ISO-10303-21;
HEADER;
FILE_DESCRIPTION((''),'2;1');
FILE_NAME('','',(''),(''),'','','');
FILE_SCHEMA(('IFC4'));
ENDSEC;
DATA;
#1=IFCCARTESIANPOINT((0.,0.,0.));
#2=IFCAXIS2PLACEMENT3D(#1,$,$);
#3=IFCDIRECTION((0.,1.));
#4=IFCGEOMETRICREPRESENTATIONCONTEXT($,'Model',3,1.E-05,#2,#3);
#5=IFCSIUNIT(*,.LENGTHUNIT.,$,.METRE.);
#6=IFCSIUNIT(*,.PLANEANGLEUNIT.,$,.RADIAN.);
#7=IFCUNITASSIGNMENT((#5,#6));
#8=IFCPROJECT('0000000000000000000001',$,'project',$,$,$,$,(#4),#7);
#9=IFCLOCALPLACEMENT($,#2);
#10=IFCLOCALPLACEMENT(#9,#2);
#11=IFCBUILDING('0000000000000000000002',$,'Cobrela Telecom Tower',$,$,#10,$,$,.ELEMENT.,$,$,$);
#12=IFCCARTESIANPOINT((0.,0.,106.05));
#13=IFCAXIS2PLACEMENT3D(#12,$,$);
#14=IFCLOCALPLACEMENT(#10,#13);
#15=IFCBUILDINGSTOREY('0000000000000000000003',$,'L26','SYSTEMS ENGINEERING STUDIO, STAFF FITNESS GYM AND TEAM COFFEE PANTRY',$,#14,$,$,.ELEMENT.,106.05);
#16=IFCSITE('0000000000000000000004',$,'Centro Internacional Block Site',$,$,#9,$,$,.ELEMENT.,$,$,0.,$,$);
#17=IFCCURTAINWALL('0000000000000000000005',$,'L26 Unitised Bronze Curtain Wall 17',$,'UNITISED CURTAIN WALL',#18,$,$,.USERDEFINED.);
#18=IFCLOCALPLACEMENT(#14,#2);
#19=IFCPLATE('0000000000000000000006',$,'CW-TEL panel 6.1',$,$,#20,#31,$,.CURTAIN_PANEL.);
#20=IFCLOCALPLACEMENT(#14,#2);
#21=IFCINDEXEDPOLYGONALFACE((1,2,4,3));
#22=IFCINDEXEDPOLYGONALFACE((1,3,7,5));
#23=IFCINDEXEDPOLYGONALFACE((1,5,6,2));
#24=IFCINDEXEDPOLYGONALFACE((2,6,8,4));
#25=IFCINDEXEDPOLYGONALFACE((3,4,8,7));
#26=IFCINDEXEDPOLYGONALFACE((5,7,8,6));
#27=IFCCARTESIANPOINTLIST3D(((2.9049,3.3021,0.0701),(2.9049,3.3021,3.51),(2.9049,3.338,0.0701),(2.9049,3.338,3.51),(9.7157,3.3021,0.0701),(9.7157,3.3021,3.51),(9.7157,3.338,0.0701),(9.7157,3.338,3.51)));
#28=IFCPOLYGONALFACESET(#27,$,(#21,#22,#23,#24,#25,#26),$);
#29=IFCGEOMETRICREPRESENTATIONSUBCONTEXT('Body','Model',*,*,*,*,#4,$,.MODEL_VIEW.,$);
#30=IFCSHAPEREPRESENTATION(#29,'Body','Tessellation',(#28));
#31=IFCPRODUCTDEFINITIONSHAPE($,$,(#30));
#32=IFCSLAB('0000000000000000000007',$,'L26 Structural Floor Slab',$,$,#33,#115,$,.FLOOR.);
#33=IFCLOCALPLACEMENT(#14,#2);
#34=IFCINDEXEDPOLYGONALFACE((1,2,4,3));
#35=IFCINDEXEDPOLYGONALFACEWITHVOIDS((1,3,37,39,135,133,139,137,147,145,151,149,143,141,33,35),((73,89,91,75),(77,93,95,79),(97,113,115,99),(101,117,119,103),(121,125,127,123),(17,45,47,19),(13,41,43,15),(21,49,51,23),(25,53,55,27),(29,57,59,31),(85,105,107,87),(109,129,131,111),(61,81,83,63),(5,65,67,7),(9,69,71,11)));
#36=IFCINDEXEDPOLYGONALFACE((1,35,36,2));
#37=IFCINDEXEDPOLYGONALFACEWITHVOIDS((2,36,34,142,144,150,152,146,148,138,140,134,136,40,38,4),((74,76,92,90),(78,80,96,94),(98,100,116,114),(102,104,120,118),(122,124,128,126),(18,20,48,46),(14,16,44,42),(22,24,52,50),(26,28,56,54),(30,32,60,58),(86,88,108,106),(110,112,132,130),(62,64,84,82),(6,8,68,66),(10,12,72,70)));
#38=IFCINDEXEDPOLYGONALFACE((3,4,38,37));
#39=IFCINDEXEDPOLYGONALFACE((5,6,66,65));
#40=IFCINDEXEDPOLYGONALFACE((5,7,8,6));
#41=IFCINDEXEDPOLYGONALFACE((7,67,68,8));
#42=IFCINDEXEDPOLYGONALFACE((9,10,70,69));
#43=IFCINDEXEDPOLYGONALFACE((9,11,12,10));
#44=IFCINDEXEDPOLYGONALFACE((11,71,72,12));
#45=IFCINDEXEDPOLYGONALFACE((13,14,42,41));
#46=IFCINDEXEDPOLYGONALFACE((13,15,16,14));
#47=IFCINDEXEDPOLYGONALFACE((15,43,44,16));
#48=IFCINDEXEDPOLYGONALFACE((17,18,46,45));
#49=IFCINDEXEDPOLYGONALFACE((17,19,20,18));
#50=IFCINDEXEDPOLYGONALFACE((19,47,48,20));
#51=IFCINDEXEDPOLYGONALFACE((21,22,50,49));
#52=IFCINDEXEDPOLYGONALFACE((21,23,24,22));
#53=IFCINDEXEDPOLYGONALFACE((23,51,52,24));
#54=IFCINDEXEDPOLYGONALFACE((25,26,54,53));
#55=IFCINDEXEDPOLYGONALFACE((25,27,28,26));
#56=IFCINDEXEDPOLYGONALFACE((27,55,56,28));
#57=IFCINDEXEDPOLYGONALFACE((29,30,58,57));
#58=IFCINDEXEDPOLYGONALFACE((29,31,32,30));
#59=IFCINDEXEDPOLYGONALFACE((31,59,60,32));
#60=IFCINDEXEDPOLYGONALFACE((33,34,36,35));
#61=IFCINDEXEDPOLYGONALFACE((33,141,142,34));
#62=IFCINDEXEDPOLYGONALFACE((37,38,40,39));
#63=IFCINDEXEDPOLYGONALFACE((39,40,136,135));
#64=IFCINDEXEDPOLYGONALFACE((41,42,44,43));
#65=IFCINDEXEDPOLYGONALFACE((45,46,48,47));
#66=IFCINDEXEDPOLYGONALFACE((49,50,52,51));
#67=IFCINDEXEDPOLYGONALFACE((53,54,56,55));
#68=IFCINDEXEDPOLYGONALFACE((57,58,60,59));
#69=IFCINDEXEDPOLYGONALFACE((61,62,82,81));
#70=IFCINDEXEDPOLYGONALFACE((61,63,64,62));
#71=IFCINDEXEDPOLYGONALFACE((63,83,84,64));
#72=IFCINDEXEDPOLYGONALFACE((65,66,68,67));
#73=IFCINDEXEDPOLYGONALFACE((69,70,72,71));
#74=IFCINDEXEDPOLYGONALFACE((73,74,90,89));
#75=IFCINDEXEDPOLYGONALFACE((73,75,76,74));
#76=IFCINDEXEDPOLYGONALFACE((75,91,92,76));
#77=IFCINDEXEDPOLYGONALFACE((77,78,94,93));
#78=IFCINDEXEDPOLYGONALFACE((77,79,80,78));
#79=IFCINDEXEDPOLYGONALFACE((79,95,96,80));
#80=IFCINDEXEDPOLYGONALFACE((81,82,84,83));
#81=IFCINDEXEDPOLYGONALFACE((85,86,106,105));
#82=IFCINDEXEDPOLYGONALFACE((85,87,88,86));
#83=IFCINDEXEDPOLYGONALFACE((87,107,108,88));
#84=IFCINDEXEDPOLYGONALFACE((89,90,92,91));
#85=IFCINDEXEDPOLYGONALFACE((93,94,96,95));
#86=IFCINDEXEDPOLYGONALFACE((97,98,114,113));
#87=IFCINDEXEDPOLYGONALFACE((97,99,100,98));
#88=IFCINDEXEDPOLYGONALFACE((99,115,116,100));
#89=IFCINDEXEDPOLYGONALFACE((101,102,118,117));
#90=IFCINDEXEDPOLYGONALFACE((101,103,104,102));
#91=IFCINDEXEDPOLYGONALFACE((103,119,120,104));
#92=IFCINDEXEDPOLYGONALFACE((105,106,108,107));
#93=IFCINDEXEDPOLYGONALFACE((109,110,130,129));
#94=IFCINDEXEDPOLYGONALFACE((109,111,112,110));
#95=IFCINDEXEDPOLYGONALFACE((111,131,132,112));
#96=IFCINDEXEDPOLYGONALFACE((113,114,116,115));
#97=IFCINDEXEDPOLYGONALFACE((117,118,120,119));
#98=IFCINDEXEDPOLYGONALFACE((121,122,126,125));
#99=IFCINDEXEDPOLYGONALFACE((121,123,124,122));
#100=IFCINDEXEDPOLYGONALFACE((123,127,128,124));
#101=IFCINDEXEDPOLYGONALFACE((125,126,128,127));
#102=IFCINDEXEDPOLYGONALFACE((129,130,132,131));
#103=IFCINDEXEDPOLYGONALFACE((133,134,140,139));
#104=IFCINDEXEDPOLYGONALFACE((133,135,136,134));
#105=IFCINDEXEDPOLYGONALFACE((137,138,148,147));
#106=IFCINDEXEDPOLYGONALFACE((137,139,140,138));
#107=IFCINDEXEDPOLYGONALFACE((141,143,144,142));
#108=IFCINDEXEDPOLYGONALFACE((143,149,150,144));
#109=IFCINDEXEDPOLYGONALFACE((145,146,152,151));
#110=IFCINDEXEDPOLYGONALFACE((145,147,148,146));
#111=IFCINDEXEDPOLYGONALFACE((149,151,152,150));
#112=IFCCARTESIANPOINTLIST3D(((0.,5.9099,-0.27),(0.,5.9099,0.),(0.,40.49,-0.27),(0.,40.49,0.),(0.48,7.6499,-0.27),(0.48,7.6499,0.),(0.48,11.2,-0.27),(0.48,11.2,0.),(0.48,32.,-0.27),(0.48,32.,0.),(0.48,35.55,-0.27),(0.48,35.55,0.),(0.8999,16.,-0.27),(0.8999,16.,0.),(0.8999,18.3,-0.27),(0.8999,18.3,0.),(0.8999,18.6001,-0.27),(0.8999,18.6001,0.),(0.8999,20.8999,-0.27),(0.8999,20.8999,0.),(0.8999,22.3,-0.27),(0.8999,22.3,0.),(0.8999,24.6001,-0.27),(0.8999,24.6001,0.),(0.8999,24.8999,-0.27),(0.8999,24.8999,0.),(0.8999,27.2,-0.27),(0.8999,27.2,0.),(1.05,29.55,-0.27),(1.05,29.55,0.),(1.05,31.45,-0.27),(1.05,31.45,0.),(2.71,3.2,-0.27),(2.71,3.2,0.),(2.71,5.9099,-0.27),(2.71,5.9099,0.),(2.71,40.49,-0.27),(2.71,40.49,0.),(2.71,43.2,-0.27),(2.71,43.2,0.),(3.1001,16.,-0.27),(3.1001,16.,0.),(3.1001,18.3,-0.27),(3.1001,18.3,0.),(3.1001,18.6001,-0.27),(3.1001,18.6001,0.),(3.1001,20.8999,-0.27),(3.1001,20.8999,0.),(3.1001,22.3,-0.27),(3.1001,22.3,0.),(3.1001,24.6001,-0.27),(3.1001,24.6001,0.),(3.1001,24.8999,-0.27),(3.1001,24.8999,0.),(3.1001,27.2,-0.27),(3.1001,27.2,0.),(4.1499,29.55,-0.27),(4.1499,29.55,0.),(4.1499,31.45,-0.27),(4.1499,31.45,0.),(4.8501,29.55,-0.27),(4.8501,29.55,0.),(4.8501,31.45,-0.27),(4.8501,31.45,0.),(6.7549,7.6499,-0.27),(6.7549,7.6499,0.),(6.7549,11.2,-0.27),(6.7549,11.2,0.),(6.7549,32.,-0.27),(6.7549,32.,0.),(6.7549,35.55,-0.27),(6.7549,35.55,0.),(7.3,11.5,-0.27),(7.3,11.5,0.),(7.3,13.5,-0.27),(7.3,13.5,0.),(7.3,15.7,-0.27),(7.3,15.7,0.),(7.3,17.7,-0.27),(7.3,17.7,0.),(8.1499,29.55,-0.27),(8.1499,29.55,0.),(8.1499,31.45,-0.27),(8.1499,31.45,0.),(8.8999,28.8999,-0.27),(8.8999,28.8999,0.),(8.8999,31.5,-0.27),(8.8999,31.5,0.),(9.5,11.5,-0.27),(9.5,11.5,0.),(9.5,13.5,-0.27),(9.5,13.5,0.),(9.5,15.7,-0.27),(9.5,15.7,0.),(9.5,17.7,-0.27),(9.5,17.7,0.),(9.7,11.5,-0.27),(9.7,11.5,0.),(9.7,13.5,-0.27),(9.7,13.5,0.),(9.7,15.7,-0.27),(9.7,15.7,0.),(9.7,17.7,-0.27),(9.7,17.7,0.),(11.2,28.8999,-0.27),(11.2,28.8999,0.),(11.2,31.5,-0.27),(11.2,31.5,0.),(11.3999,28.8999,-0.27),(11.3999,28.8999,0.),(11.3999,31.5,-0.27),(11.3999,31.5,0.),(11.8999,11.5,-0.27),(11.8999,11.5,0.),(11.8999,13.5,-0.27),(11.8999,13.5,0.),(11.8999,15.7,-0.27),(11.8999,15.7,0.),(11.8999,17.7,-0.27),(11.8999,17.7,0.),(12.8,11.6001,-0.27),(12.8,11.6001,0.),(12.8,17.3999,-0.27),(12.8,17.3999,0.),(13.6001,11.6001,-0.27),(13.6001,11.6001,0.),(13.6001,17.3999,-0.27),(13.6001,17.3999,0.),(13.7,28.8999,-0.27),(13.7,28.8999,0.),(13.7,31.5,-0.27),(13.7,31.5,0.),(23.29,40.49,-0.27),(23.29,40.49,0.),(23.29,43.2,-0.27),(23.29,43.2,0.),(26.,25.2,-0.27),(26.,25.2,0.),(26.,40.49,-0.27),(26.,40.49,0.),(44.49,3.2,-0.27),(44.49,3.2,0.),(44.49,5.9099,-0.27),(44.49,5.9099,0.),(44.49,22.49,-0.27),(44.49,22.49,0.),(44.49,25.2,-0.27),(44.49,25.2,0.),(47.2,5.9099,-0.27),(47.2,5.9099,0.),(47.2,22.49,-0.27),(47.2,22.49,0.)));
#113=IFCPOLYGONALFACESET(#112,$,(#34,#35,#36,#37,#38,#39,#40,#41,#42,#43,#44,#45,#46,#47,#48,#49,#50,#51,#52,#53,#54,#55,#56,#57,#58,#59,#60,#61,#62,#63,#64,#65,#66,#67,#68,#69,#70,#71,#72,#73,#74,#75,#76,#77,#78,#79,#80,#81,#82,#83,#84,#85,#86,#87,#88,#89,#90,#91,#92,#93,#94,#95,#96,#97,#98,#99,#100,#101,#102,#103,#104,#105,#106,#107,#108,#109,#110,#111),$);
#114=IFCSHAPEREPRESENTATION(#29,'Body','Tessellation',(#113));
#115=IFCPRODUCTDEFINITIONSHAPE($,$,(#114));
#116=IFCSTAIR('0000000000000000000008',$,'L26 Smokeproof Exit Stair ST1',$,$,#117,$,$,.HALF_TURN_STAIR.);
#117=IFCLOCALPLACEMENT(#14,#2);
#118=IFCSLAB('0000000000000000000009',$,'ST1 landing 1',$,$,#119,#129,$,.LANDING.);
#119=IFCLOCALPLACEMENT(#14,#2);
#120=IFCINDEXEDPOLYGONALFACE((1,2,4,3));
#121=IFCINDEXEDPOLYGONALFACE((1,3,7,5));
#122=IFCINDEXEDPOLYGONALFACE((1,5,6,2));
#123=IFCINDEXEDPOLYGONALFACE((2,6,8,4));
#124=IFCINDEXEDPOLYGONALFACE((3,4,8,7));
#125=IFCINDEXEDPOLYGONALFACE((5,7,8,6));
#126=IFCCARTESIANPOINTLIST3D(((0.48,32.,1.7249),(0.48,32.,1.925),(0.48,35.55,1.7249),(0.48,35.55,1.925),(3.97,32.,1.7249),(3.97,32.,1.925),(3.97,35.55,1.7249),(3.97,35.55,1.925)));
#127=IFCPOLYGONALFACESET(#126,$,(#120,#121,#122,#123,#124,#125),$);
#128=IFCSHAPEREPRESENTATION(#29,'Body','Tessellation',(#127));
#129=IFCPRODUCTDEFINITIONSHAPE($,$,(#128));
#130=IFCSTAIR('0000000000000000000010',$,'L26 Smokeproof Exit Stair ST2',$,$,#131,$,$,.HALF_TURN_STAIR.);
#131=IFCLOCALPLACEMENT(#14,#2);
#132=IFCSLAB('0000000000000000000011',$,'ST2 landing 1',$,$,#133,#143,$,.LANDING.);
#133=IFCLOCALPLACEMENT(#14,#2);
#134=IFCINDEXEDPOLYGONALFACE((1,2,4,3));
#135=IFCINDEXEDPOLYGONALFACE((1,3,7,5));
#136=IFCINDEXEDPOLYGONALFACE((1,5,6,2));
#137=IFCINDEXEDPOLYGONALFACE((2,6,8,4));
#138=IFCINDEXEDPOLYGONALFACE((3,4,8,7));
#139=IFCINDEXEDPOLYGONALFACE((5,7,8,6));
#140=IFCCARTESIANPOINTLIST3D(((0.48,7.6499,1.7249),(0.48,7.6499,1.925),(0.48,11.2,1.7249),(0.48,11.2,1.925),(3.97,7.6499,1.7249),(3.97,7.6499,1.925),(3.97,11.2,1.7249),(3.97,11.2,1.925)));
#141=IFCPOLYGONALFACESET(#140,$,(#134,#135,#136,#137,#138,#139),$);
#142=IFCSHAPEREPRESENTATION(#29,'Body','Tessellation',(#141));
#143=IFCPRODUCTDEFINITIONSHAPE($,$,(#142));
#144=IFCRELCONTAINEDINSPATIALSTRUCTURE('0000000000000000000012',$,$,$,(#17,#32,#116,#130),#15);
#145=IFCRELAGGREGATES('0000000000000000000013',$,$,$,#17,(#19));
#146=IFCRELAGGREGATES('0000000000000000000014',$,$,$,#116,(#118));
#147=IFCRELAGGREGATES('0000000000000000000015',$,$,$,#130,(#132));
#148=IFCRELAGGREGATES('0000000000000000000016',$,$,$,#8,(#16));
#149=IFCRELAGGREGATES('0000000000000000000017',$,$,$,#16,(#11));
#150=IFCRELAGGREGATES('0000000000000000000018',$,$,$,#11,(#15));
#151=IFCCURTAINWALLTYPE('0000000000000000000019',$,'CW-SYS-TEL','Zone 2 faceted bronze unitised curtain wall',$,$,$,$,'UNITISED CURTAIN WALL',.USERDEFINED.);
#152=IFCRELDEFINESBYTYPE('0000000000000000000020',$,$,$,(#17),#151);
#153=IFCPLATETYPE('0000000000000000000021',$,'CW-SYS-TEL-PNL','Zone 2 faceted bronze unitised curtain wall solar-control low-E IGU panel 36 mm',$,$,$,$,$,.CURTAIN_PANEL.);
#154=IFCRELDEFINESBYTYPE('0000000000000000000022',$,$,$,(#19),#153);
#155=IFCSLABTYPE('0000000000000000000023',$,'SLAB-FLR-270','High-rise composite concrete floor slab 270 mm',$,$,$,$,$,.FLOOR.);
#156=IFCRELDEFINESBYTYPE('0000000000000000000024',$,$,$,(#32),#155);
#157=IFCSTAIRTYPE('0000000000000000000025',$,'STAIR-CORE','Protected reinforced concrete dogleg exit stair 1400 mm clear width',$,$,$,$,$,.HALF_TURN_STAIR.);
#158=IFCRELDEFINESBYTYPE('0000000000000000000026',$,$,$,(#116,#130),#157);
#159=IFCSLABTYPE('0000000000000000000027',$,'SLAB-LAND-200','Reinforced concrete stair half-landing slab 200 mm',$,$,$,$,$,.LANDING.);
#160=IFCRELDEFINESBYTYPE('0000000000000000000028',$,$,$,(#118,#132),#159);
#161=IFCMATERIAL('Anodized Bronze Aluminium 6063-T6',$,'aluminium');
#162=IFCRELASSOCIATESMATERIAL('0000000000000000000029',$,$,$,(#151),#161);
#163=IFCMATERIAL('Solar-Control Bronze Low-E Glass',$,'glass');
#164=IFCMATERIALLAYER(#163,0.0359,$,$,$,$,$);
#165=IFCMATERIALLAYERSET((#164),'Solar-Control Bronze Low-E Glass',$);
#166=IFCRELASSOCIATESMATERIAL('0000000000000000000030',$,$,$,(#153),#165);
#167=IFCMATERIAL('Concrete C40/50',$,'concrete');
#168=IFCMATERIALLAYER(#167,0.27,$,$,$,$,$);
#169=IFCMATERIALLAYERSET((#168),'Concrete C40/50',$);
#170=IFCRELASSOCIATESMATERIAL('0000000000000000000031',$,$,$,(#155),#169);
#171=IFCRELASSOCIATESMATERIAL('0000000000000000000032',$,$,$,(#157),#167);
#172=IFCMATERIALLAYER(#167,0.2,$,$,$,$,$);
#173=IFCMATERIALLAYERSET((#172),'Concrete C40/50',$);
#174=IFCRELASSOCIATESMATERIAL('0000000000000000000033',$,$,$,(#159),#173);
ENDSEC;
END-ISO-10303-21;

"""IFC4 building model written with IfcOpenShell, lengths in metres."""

from ifc_helpers import new_model, si_unit, direction, frame, origin, origin_2d, place, context, subcontext, project, spatial, polyline, rectangle, outline, extrude, material, layer, layer_set, type_object, element, aggregate, save


model = new_model("IFC4")

# Units and contexts
model_context = context("Model", 3, precision=1e-05, world=origin(), true_north=direction((0.0, 1.0)))
body_context = subcontext(model_context, "Body", "Model", "MODEL_VIEW")
ifc_project = project(units=[si_unit("LENGTHUNIT", "METRE"), si_unit("PLANEANGLEUNIT", "RADIAN")], contexts=[model_context])

# Site, building, storey
site_placement = place(None, origin())
site = spatial("IfcSite", under=ifc_project, at=site_placement, Name="Centro Internacional Block Site", CompositionType="ELEMENT", RefElevation=0.0)
building_placement = place(site_placement, origin())
building = spatial("IfcBuilding", under=site, at=building_placement, Name="Cobrela Telecom Tower", CompositionType="ELEMENT")
storey_placement = place(building_placement, frame((0.0, 0.0, 106.05)))
storey = spatial("IfcBuildingStorey", under=building, at=storey_placement, Name="L26", Description="SYSTEMS ENGINEERING STUDIO, STAFF FITNESS GYM AND TEAM COFFEE PANTRY", CompositionType="ELEMENT", Elevation=106.05)

# Curtain wall, plate
ifc_material_1 = material(Name="Anodized Bronze Aluminium 6063-T6", Category="aluminium")
curtain_wall_type = type_object("IfcCurtainWallType", Name="CW-SYS-TEL", Description="Zone 2 faceted bronze unitised curtain wall", ElementType="UNITISED CURTAIN WALL", PredefinedType="USERDEFINED", material=ifc_material_1)
curtain_wall_placement = place(storey_placement, origin())
curtain_wall = element("IfcCurtainWall", 1, at=curtain_wall_placement, inside=storey, type_object=curtain_wall_type, Name="L26 Unitised Bronze Curtain Wall 17", ObjectType="UNITISED CURTAIN WALL", PredefinedType="USERDEFINED")
ifc_material_2 = material(Name="Solar-Control Bronze Low-E Glass", Category="glass")
ifc_layer_1 = layer(ifc_material_2, 0.0359)
ifc_layer_set_1 = layer_set([ifc_layer_1], Name="Solar-Control Bronze Low-E Glass")
plate_type = type_object("IfcPlateType", Name="CW-SYS-TEL-PNL", Description="Zone 2 faceted bronze unitised curtain wall solar-control low-E IGU panel 36 mm", PredefinedType="CURTAIN_PANEL", material=ifc_layer_set_1)
plate_placement = place(storey_placement, frame((6.3103, 3.3201, 0.0701), z_axis=(0.0, 0.0, 1.0), x_axis=(-1.0, 0.0, 0.0)))
plate = element("IfcPlate", 2, at=plate_placement, type_object=plate_type, Name="CW-TEL panel 6.1", PredefinedType="CURTAIN_PANEL", context=body_context, shape_type="SweptSolid", body=[
    extrude(rectangle(XDim=6.8108, YDim=0.0359, at=origin_2d()), origin(), (0.0, 0.0, 1.0), 3.4399),
])
aggregate(curtain_wall, [plate])

# Slab, openings
ifc_material_3 = material(Name="Concrete C40/50", Category="concrete")
ifc_layer_2 = layer(ifc_material_3, 0.27)
ifc_layer_set_2 = layer_set([ifc_layer_2], Name="Concrete C40/50")
slab_type_1 = type_object("IfcSlabType", Name="SLAB-FLR-270", Description="High-rise composite concrete floor slab 270 mm", PredefinedType="FLOOR", material=ifc_layer_set_2)
slab_1_placement = place(storey_placement, frame((0.0, 0.0, -0.27)))
slab_1 = element("IfcSlab", 3, at=slab_1_placement, inside=storey, type_object=slab_type_1, Name="L26 Structural Floor Slab", PredefinedType="FLOOR", context=body_context, shape_type="SweptSolid", body=[
    extrude(outline(polyline([(2.71, 3.2), (44.49, 3.2), (44.49, 5.9099), (47.2, 5.9099), (47.2, 22.49), (44.49, 22.49), (44.49, 25.2), (26.0, 25.2), (26.0, 40.49), (23.29, 40.49), (23.29, 43.2), (2.71, 43.2), (2.71, 40.49), (0.0, 40.49), (0.0, 5.9099), (2.71, 5.9099), (2.71, 3.2)])), origin(), (0.0, 0.0, 1.0), 0.27),
])
opening_1_placement = place(slab_1_placement, frame((0.0, 0.0, -0.02)))
element("IfcOpeningElement", 4, at=opening_1_placement, cuts=slab_1, PredefinedType="OPENING", context=body_context, shape_type="SweptSolid", body=[
    extrude(outline(polyline([(8.8999, 28.8999), (11.2, 28.8999), (11.2, 31.5), (8.8999, 31.5), (8.8999, 28.8999)])), origin(), (0.0, 0.0, 1.0), 0.3101),
])
opening_2_placement = place(slab_1_placement, frame((0.0, 0.0, -0.02)))
element("IfcOpeningElement", 5, at=opening_2_placement, cuts=slab_1, PredefinedType="OPENING", context=body_context, shape_type="SweptSolid", body=[
    extrude(outline(polyline([(11.3999, 28.8999), (13.7, 28.8999), (13.7, 31.5), (11.3999, 31.5), (11.3999, 28.8999)])), origin(), (0.0, 0.0, 1.0), 0.3101),
])
opening_3_placement = place(slab_1_placement, frame((0.0, 0.0, -0.02)))
element("IfcOpeningElement", 6, at=opening_3_placement, cuts=slab_1, PredefinedType="OPENING", context=body_context, shape_type="SweptSolid", body=[
    extrude(outline(polyline([(7.3, 15.7), (9.5, 15.7), (9.5, 17.7), (7.3, 17.7), (7.3, 15.7)])), origin(), (0.0, 0.0, 1.0), 0.3101),
])
opening_4_placement = place(slab_1_placement, frame((0.0, 0.0, -0.02)))
element("IfcOpeningElement", 7, at=opening_4_placement, cuts=slab_1, PredefinedType="OPENING", context=body_context, shape_type="SweptSolid", body=[
    extrude(outline(polyline([(9.7, 15.7), (11.8999, 15.7), (11.8999, 17.7), (9.7, 17.7), (9.7, 15.7)])), origin(), (0.0, 0.0, 1.0), 0.3101),
])
opening_5_placement = place(slab_1_placement, frame((0.0, 0.0, -0.02)))
element("IfcOpeningElement", 8, at=opening_5_placement, cuts=slab_1, PredefinedType="OPENING", context=body_context, shape_type="SweptSolid", body=[
    extrude(outline(polyline([(7.3, 11.5), (9.5, 11.5), (9.5, 13.5), (7.3, 13.5), (7.3, 11.5)])), origin(), (0.0, 0.0, 1.0), 0.3101),
])
opening_6_placement = place(slab_1_placement, frame((0.0, 0.0, -0.02)))
element("IfcOpeningElement", 9, at=opening_6_placement, cuts=slab_1, PredefinedType="OPENING", context=body_context, shape_type="SweptSolid", body=[
    extrude(outline(polyline([(9.7, 11.5), (11.8999, 11.5), (11.8999, 13.5), (9.7, 13.5), (9.7, 11.5)])), origin(), (0.0, 0.0, 1.0), 0.3101),
])
opening_7_placement = place(slab_1_placement, frame((0.0, 0.0, -0.02)))
element("IfcOpeningElement", 10, at=opening_7_placement, cuts=slab_1, PredefinedType="OPENING", context=body_context, shape_type="SweptSolid", body=[
    extrude(outline(polyline([(0.8999, 16.0), (3.1001, 16.0), (3.1001, 18.3), (0.8999, 18.3), (0.8999, 16.0)])), origin(), (0.0, 0.0, 1.0), 0.3101),
])
opening_8_placement = place(slab_1_placement, frame((0.0, 0.0, -0.02)))
element("IfcOpeningElement", 11, at=opening_8_placement, cuts=slab_1, PredefinedType="OPENING", context=body_context, shape_type="SweptSolid", body=[
    extrude(outline(polyline([(0.8999, 18.6001), (3.1001, 18.6001), (3.1001, 20.8999), (0.8999, 20.8999), (0.8999, 18.6001)])), origin(), (0.0, 0.0, 1.0), 0.3101),
])
opening_9_placement = place(slab_1_placement, frame((0.0, 0.0, -0.02)))
element("IfcOpeningElement", 12, at=opening_9_placement, cuts=slab_1, PredefinedType="OPENING", context=body_context, shape_type="SweptSolid", body=[
    extrude(outline(polyline([(0.8999, 22.3), (3.1001, 22.3), (3.1001, 24.6001), (0.8999, 24.6001), (0.8999, 22.3)])), origin(), (0.0, 0.0, 1.0), 0.3101),
])
opening_10_placement = place(slab_1_placement, frame((0.0, 0.0, -0.02)))
element("IfcOpeningElement", 13, at=opening_10_placement, cuts=slab_1, PredefinedType="OPENING", context=body_context, shape_type="SweptSolid", body=[
    extrude(outline(polyline([(0.8999, 24.8999), (3.1001, 24.8999), (3.1001, 27.2), (0.8999, 27.2), (0.8999, 24.8999)])), origin(), (0.0, 0.0, 1.0), 0.3101),
])
opening_11_placement = place(slab_1_placement, frame((0.0, 0.0, -0.02)))
element("IfcOpeningElement", 14, at=opening_11_placement, cuts=slab_1, PredefinedType="OPENING", context=body_context, shape_type="SweptSolid", body=[
    extrude(outline(polyline([(1.05, 29.55), (4.1499, 29.55), (4.1499, 31.45), (1.05, 31.45), (1.05, 29.55)])), origin(), (0.0, 0.0, 1.0), 0.3101),
])
opening_12_placement = place(slab_1_placement, frame((0.0, 0.0, -0.02)))
element("IfcOpeningElement", 15, at=opening_12_placement, cuts=slab_1, PredefinedType="OPENING", context=body_context, shape_type="SweptSolid", body=[
    extrude(outline(polyline([(4.8501, 29.55), (8.1499, 29.55), (8.1499, 31.45), (4.8501, 31.45), (4.8501, 29.55)])), origin(), (0.0, 0.0, 1.0), 0.3101),
])
opening_13_placement = place(slab_1_placement, frame((0.0, 0.0, -0.02)))
element("IfcOpeningElement", 16, at=opening_13_placement, cuts=slab_1, PredefinedType="OPENING", context=body_context, shape_type="SweptSolid", body=[
    extrude(outline(polyline([(12.8, 11.6001), (13.6001, 11.6001), (13.6001, 17.3999), (12.8, 17.3999), (12.8, 11.6001)])), origin(), (0.0, 0.0, 1.0), 0.3101),
])
opening_14_placement = place(slab_1_placement, frame((0.0, 0.0, -0.02)))
element("IfcOpeningElement", 17, at=opening_14_placement, cuts=slab_1, PredefinedType="OPENING", context=body_context, shape_type="SweptSolid", body=[
    extrude(outline(polyline([(6.7549, 35.55), (0.48, 35.55), (0.48, 32.0), (6.7549, 32.0), (6.7549, 35.55)])), origin(), (0.0, 0.0, 1.0), 0.3101),
])
opening_15_placement = place(slab_1_placement, frame((0.0, 0.0, -0.02)))
element("IfcOpeningElement", 18, at=opening_15_placement, cuts=slab_1, PredefinedType="OPENING", context=body_context, shape_type="SweptSolid", body=[
    extrude(outline(polyline([(6.7549, 11.2), (0.48, 11.2), (0.48, 7.6499), (6.7549, 7.6499), (6.7549, 11.2)])), origin(), (0.0, 0.0, 1.0), 0.3101),
])

# Stairs, slabs
stair_type = type_object("IfcStairType", Name="STAIR-CORE", Description="Protected reinforced concrete dogleg exit stair 1400 mm clear width", PredefinedType="HALF_TURN_STAIR", material=ifc_material_3)
stair_1_placement = place(storey_placement, origin())
stair_1 = element("IfcStair", 19, at=stair_1_placement, inside=storey, type_object=stair_type, Name="L26 Smokeproof Exit Stair ST1", PredefinedType="HALF_TURN_STAIR")
ifc_layer_3 = layer(ifc_material_3, 0.2)
ifc_layer_set_3 = layer_set([ifc_layer_3], Name="Concrete C40/50")
slab_type_2 = type_object("IfcSlabType", Name="SLAB-LAND-200", Description="Reinforced concrete stair half-landing slab 200 mm", PredefinedType="LANDING", material=ifc_layer_set_3)
slab_2_placement = place(storey_placement, frame((0.0, 0.0, 1.7249)))
slab_2 = element("IfcSlab", 20, at=slab_2_placement, type_object=slab_type_2, Name="ST1 landing 1", PredefinedType="LANDING", context=body_context, shape_type="SweptSolid", body=[
    extrude(outline(polyline([(3.97, 35.55), (0.48, 35.55), (0.48, 32.0), (3.97, 32.0), (3.97, 35.55)])), origin(), (0.0, 0.0, 1.0), 0.2002),
])
aggregate(stair_1, [slab_2])
stair_2_placement = place(storey_placement, origin())
stair_2 = element("IfcStair", 21, at=stair_2_placement, inside=storey, type_object=stair_type, Name="L26 Smokeproof Exit Stair ST2", PredefinedType="HALF_TURN_STAIR")
slab_3_placement = place(storey_placement, frame((0.0, 0.0, 1.7249)))
slab_3 = element("IfcSlab", 22, at=slab_3_placement, type_object=slab_type_2, Name="ST2 landing 1", PredefinedType="LANDING", context=body_context, shape_type="SweptSolid", body=[
    extrude(outline(polyline([(3.97, 11.2), (0.48, 11.2), (0.48, 7.6499), (3.97, 7.6499), (3.97, 11.2)])), origin(), (0.0, 0.0, 1.0), 0.2002),
])
aggregate(stair_2, [slab_3])

save(model, "model.ifc")
